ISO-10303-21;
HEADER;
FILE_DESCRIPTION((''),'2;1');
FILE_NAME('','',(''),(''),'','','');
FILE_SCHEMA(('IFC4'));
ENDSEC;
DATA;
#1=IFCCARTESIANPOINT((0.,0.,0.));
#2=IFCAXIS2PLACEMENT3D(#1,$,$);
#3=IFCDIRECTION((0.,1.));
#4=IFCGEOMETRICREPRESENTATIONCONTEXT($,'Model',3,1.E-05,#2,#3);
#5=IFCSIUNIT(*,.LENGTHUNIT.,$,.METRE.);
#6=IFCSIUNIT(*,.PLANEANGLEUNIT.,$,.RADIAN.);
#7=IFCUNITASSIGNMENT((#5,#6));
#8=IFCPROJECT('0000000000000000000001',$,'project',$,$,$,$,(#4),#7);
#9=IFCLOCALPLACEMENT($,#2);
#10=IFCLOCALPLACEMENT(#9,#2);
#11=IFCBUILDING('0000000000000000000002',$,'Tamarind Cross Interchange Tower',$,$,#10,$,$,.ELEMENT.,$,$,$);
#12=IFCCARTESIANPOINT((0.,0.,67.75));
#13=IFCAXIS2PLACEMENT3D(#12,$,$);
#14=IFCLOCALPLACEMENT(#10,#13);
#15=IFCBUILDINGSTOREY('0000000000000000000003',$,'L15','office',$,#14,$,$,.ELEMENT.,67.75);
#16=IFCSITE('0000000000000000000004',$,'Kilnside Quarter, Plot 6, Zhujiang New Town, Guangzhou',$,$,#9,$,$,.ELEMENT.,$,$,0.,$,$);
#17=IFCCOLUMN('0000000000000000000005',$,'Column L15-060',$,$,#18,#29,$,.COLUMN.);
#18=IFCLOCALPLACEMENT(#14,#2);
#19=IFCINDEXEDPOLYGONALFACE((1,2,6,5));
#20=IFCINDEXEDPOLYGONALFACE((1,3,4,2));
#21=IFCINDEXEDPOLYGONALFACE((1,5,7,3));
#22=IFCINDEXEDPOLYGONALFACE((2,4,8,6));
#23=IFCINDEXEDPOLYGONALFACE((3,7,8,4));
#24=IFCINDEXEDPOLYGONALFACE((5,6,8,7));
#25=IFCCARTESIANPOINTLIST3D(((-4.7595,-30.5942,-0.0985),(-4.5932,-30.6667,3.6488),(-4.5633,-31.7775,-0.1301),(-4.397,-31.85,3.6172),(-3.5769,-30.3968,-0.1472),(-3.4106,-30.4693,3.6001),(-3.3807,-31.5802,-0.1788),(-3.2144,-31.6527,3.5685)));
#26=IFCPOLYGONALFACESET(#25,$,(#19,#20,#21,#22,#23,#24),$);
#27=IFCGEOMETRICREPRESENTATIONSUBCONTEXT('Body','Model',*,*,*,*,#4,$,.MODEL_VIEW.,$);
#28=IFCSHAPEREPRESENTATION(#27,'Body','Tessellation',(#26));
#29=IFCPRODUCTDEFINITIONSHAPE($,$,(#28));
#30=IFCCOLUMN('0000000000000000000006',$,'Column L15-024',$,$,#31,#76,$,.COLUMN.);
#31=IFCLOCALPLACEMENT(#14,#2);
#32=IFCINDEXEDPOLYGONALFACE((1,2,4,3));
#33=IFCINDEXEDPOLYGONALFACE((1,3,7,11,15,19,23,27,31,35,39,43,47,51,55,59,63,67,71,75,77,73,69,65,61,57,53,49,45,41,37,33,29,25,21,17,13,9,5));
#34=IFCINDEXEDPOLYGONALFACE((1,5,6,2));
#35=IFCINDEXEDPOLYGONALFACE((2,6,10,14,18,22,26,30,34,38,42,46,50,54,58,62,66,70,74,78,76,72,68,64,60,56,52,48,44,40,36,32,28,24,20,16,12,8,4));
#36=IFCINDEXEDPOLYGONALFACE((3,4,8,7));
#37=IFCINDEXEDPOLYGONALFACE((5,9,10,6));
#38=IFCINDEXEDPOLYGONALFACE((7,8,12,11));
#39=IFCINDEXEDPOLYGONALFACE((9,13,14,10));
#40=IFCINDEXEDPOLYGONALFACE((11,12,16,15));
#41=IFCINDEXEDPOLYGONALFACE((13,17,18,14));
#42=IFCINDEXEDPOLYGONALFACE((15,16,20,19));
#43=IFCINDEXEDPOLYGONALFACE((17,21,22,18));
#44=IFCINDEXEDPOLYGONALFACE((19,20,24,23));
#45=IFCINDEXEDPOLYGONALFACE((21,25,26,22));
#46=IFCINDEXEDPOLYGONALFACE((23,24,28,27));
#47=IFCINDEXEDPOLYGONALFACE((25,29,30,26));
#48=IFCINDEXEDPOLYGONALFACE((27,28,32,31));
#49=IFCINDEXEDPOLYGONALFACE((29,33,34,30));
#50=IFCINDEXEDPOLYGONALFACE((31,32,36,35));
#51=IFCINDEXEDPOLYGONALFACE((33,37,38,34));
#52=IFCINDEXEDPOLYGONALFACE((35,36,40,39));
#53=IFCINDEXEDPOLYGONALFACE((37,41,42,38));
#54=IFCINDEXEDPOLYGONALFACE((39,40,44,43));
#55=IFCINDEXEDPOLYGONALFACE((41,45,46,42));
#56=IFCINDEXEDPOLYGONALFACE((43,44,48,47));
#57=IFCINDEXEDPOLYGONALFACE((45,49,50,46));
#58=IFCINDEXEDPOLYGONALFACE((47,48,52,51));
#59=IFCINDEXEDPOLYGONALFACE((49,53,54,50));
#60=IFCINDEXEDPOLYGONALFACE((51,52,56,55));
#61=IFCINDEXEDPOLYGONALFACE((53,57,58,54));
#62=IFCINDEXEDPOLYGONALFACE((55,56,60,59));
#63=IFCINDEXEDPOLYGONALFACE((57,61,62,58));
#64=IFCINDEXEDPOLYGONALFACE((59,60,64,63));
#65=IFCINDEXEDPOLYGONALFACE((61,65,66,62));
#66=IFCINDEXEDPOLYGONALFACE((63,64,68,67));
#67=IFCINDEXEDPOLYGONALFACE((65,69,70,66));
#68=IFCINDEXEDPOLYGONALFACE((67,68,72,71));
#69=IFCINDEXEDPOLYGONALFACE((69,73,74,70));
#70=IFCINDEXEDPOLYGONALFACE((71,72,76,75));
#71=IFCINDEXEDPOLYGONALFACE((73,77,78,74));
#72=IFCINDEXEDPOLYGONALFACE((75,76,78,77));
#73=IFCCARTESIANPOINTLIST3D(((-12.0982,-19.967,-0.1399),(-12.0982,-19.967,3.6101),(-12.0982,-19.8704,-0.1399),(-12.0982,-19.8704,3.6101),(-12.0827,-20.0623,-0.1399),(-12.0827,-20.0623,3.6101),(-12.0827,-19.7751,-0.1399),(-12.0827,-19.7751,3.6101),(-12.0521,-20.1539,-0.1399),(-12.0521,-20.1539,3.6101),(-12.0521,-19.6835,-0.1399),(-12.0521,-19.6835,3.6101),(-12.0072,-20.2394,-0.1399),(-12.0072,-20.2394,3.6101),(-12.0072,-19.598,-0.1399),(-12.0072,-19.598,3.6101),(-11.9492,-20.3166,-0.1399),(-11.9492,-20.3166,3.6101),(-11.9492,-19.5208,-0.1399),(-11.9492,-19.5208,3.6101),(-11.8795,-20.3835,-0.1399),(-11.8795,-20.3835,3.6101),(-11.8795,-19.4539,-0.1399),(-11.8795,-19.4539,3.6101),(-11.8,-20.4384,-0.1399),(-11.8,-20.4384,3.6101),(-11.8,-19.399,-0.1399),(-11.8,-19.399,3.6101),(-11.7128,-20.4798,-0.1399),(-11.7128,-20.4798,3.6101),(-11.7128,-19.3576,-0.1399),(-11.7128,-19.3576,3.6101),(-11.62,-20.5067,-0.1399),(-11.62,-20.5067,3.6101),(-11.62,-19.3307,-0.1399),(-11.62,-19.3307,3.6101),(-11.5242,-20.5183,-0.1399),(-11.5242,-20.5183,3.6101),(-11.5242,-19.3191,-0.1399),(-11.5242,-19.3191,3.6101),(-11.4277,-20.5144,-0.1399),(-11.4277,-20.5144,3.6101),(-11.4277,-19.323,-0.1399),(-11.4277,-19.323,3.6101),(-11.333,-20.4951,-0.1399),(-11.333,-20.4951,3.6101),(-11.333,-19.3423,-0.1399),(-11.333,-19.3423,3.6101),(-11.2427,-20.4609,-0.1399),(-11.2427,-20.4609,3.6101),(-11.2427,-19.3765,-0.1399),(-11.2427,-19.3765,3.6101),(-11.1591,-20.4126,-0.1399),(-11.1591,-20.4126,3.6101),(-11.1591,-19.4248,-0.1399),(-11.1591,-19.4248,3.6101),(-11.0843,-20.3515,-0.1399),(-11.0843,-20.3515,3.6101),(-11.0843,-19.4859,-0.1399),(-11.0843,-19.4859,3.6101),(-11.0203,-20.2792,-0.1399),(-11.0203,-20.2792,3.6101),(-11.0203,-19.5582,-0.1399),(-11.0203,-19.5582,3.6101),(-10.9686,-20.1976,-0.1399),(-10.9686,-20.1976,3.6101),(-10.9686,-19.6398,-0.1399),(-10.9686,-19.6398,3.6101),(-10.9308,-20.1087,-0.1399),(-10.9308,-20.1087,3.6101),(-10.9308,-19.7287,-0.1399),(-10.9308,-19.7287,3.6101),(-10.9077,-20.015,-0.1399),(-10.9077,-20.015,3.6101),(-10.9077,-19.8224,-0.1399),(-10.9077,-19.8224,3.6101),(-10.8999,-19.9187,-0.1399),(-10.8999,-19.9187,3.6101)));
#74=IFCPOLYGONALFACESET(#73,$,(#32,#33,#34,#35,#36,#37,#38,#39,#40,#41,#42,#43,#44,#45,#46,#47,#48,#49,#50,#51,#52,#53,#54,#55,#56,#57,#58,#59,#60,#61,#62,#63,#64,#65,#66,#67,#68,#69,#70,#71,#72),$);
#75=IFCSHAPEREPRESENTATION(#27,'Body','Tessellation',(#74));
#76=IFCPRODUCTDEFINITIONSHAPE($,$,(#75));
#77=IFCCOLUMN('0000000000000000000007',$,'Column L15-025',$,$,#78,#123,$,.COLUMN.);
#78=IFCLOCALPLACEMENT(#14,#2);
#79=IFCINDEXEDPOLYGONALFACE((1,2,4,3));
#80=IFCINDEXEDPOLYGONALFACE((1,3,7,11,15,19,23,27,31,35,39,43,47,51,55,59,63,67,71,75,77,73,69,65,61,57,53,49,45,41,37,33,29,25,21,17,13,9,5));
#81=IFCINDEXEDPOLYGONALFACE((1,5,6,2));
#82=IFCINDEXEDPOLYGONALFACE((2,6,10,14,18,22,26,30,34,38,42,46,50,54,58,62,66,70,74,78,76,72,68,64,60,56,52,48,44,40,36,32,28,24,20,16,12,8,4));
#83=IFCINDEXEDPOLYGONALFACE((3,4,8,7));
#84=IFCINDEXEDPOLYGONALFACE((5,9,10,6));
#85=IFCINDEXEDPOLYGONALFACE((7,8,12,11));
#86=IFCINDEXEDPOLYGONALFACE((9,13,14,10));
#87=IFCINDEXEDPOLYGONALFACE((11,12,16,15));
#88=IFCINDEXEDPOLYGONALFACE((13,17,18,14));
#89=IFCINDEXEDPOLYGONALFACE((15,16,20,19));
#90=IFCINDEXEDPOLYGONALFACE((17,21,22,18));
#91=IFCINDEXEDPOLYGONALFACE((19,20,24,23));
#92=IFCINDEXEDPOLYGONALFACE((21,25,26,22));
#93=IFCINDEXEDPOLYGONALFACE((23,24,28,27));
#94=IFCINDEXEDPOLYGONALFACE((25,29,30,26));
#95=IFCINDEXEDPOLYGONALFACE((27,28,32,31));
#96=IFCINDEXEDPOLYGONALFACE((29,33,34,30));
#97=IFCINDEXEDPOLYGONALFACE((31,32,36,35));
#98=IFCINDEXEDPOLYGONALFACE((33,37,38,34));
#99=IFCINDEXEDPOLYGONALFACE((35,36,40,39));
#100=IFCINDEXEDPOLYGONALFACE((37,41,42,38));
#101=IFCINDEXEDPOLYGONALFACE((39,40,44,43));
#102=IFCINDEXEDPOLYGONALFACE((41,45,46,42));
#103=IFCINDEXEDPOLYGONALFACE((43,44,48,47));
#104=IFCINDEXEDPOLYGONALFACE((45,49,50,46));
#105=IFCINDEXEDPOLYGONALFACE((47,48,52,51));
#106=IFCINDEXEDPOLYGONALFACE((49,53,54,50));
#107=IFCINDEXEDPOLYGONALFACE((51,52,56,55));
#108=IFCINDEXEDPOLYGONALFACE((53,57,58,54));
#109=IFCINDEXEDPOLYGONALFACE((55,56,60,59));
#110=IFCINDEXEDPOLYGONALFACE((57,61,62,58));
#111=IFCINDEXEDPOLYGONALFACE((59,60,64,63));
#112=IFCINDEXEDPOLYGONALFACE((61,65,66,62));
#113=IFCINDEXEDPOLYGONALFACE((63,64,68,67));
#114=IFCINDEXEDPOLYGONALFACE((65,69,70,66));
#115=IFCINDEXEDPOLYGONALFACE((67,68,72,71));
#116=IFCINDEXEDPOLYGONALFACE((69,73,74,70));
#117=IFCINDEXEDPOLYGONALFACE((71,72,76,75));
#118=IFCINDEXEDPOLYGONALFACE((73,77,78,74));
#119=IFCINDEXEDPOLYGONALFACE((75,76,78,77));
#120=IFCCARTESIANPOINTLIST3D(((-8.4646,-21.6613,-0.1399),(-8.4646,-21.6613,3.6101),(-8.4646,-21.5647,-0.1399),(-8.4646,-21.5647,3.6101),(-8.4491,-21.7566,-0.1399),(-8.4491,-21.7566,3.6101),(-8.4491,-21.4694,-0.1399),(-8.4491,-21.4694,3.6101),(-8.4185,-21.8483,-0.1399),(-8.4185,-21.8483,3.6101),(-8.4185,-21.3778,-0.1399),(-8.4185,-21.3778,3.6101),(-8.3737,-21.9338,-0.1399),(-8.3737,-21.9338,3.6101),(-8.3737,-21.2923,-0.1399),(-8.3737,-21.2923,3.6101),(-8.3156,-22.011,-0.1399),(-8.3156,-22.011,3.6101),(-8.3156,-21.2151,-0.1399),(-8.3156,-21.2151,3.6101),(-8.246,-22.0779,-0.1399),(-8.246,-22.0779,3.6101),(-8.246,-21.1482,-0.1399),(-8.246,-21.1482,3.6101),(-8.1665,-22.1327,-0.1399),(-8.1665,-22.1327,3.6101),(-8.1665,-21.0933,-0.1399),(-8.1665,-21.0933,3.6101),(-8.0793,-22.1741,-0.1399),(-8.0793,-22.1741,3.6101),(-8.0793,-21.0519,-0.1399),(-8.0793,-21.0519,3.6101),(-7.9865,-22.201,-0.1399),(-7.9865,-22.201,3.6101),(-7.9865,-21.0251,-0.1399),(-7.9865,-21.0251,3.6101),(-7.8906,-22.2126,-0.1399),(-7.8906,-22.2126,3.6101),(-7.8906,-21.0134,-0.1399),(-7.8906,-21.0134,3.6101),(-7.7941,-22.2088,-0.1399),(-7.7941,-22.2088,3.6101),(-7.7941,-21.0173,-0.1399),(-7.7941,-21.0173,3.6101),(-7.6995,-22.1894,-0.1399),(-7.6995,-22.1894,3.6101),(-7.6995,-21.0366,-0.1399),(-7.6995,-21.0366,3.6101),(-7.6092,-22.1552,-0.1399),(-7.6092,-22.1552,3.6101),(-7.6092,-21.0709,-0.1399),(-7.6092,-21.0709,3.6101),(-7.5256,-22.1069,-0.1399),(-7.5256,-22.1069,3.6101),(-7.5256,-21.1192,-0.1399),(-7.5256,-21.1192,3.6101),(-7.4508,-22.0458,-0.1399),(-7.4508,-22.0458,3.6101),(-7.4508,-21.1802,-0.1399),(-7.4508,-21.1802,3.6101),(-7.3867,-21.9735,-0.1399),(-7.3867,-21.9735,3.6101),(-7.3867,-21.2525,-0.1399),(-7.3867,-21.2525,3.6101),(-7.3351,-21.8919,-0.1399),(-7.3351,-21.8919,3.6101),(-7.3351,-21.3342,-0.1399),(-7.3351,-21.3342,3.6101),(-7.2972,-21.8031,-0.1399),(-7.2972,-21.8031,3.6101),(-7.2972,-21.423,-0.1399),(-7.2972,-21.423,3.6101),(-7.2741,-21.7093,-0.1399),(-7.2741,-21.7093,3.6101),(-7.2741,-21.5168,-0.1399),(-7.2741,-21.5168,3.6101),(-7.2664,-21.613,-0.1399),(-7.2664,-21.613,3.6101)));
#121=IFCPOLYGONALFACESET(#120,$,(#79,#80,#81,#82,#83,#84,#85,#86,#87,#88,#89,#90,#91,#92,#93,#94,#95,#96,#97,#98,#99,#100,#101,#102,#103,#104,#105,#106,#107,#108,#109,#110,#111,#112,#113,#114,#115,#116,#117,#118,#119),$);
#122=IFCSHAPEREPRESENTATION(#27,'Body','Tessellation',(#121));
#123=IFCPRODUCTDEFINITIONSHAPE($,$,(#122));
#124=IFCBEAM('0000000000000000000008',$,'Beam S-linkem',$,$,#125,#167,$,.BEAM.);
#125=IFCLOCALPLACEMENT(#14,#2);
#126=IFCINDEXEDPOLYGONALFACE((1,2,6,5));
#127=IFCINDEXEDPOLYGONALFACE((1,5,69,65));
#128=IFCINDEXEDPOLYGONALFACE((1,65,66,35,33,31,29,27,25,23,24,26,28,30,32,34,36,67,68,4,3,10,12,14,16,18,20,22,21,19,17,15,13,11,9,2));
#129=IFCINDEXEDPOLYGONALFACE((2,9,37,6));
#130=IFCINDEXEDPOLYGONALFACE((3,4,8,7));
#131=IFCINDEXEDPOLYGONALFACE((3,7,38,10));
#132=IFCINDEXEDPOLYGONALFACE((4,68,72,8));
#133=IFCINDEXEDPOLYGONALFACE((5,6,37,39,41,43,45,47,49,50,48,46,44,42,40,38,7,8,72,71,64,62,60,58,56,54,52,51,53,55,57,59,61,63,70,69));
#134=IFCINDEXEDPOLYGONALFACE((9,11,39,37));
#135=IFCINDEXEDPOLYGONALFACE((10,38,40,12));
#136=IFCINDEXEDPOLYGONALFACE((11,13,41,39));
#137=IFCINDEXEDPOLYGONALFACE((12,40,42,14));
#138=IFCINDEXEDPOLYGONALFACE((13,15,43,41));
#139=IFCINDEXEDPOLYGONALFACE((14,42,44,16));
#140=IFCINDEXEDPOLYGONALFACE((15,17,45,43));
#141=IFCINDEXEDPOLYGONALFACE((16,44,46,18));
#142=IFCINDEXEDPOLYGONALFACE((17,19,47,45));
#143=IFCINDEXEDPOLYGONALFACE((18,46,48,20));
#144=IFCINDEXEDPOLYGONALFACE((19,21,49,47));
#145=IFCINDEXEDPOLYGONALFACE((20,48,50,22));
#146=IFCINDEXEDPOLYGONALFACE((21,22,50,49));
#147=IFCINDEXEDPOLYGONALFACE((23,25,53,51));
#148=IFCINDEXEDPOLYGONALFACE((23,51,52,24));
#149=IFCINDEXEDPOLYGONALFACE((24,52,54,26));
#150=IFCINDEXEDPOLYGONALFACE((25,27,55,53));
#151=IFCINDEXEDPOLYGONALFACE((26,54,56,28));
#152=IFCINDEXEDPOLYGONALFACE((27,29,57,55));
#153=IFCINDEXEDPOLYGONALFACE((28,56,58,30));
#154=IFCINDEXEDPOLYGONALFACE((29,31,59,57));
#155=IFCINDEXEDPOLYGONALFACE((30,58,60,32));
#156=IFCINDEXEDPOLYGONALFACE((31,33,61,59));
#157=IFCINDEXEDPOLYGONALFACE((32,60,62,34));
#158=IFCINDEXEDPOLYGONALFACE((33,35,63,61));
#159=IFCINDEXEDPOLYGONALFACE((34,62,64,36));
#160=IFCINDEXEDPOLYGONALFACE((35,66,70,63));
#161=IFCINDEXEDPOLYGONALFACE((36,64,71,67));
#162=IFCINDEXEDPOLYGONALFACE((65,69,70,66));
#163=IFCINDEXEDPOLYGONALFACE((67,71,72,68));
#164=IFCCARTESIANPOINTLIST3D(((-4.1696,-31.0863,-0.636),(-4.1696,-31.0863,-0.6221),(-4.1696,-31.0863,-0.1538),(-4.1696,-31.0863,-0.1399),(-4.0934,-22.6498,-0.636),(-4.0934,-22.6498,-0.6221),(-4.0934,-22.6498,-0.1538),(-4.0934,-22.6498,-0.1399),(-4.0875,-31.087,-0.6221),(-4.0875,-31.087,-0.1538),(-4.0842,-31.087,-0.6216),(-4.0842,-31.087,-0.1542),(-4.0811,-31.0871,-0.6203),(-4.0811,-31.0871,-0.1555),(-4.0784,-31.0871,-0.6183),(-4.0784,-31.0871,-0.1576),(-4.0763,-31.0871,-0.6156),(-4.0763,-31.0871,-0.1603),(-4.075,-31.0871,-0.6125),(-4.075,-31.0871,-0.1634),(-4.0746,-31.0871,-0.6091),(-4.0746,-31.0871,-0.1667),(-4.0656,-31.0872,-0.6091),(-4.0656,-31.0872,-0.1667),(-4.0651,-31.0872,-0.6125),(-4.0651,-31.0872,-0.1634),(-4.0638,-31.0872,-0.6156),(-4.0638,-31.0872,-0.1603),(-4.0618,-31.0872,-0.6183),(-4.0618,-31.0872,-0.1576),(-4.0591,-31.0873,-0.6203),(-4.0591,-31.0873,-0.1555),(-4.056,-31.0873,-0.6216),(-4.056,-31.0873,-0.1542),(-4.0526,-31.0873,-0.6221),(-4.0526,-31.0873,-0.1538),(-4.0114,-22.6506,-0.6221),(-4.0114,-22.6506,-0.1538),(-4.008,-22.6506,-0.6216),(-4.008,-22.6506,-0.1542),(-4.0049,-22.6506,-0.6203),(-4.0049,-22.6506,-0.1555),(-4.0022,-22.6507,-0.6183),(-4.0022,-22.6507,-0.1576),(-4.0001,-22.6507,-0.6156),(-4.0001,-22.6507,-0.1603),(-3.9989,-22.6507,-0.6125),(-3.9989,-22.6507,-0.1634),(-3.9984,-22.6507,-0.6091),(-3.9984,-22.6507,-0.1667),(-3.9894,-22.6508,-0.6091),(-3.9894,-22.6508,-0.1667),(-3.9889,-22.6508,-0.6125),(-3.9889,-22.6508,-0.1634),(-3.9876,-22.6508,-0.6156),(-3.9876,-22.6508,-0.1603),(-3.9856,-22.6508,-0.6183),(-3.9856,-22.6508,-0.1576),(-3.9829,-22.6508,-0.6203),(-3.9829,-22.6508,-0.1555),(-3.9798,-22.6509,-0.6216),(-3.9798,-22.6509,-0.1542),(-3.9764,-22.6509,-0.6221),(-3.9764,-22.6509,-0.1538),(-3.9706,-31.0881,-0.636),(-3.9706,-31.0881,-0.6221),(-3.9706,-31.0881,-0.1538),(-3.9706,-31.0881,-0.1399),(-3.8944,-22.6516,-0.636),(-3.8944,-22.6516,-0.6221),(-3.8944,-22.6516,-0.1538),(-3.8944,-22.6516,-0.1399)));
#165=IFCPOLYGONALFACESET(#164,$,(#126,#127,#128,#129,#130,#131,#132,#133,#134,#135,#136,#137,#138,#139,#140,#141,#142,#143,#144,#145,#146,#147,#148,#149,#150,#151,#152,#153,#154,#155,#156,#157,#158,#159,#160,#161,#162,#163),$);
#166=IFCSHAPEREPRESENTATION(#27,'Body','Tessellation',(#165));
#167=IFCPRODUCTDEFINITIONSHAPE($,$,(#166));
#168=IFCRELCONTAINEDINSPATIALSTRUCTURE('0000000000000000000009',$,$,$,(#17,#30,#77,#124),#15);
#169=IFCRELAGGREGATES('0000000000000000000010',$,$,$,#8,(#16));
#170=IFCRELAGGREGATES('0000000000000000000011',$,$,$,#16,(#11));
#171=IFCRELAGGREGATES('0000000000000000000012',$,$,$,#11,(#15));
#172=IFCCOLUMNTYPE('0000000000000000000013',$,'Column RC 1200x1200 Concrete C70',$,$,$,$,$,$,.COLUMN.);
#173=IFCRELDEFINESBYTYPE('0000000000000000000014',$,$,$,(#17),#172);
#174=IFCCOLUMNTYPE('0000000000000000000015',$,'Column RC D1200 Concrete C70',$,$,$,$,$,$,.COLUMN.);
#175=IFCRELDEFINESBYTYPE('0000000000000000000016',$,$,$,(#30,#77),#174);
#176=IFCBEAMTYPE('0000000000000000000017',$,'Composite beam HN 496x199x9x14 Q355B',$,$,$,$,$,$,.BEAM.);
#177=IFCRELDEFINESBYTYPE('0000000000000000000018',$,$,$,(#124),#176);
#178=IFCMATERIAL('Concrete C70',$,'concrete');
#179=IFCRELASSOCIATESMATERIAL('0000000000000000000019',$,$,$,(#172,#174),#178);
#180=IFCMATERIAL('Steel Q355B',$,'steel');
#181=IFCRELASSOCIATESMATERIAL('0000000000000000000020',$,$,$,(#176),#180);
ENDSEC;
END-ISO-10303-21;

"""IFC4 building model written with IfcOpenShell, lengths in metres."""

from ifc_helpers import new_model, si_unit, direction, frame, origin, origin_2d, place, context, subcontext, project, spatial, rectangle, circle, i_section, extrude, material, material_profile, profile_set, type_object, element, save


model = new_model("IFC4")

# Units and contexts
model_context = context("Model", 3, precision=1e-05, world=origin(), true_north=direction((0.0, 1.0)))
body_context = subcontext(model_context, "Body", "Model", "MODEL_VIEW")
ifc_project = project(units=[si_unit("LENGTHUNIT", "METRE"), si_unit("PLANEANGLEUNIT", "RADIAN")], contexts=[model_context])

# Site, building, storey
site_placement = place(None, origin())
site = spatial("IfcSite", under=ifc_project, at=site_placement, Name="Kilnside Quarter, Plot 6, Zhujiang New Town, Guangzhou", CompositionType="ELEMENT", RefElevation=0.0)
building_placement = place(site_placement, origin())
building = spatial("IfcBuilding", under=site, at=building_placement, Name="Tamarind Cross Interchange Tower", CompositionType="ELEMENT")
storey_placement = place(building_placement, frame((0.0, 0.0, 67.75)))
storey = spatial("IfcBuildingStorey", under=building, at=storey_placement, Name="L15", Description="office", CompositionType="ELEMENT", Elevation=67.75)

# Columns
ifc_material_1 = material(Name="Concrete C70", Category="concrete")
ifc_material_profile_1 = material_profile(ifc_material_1, rectangle(XDim=1.2, YDim=1.2, at=origin_2d()), Name="RC 1200x1200")
ifc_profile_set_1 = profile_set([ifc_material_profile_1], Name="Concrete C70")
column_type_1 = type_object("IfcColumnType", Name="Column RC 1200x1200 Concrete C70", PredefinedType="COLUMN", material=ifc_profile_set_1)
column_placement = place(storey_placement, frame((-4.0701, -31.0872, -0.1387), z_axis=(0.044316, -0.019327, 0.998831), x_axis=(-0.163516, 0.986189, 0.026337)))
element("IfcColumn", 1, at=column_placement, inside=storey, type_object=column_type_1, Name="Column L15-060", PredefinedType="COLUMN", context=body_context, shape_type="SweptSolid", body=[
    extrude(rectangle(XDim=1.2, YDim=1.2, at=origin_2d()), origin(), (0.0, 0.0, 1.0), 3.7517),
])
ifc_material_profile_2 = material_profile(ifc_material_1, circle(Radius=0.6001, at=origin_2d()), Name="RC D1200")
ifc_profile_set_2 = profile_set([ifc_material_profile_2], Name="Concrete C70")
column_type_2 = type_object("IfcColumnType", Name="Column RC D1200 Concrete C70", PredefinedType="COLUMN", material=ifc_profile_set_2)
for number, where, z_axis, x_axis, name in (
    (2, (-11.5, -19.9187, -0.1399), (0.0, 0.0, 1.0), (1.0, 0.0, 0.0), "Column L15-024"),
    (3, (-7.8665, -21.613, -0.1399), (0.0, 0.0, 1.0), (1.0, 0.0, 0.0), "Column L15-025"),
):
    element("IfcColumn", number, at=place(storey_placement, frame(where, z_axis=z_axis, x_axis=x_axis)), inside=storey, type_object=column_type_2, Name=name, PredefinedType="COLUMN", context=body_context, shape_type="SweptSolid", body=[
        extrude(circle(Radius=0.6001, at=origin_2d()), origin(), (0.0, 0.0, 1.0), 3.75),
    ])

# Beam
ifc_material_2 = material(Name="Steel Q355B", Category="steel")
ifc_material_profile_3 = material_profile(ifc_material_2, i_section(OverallWidth=0.199, OverallDepth=0.4961, WebThickness=0.009, FlangeThickness=0.0139, FilletRadius=0.0129, at=origin_2d()), Name="HN 496x199x9x14")
ifc_profile_set_3 = profile_set([ifc_material_profile_3], Name="Steel Q355B")
beam_type_1 = type_object("IfcBeamType", Name="Composite beam HN 496x199x9x14 Q355B", PredefinedType="BEAM", material=ifc_profile_set_3)
beam_1_placement = place(storey_placement, frame((-4.0701, -31.0872, -0.3879), z_axis=(0.009028, 0.999959, 0.0), x_axis=(-0.999959, 0.009028, 0.0)))
element("IfcBeam", 4, at=beam_1_placement, inside=storey, type_object=beam_type_1, Name="Beam S-linkem", PredefinedType="BEAM", context=body_context, shape_type="SweptSolid", body=[
    extrude(i_section(OverallWidth=0.199, OverallDepth=0.4961, WebThickness=0.009, FlangeThickness=0.0139, FilletRadius=0.0129, at=origin_2d()), origin(), (0.0, 0.0, 1.0), 8.4368),
])

save(model, "model.ifc")
